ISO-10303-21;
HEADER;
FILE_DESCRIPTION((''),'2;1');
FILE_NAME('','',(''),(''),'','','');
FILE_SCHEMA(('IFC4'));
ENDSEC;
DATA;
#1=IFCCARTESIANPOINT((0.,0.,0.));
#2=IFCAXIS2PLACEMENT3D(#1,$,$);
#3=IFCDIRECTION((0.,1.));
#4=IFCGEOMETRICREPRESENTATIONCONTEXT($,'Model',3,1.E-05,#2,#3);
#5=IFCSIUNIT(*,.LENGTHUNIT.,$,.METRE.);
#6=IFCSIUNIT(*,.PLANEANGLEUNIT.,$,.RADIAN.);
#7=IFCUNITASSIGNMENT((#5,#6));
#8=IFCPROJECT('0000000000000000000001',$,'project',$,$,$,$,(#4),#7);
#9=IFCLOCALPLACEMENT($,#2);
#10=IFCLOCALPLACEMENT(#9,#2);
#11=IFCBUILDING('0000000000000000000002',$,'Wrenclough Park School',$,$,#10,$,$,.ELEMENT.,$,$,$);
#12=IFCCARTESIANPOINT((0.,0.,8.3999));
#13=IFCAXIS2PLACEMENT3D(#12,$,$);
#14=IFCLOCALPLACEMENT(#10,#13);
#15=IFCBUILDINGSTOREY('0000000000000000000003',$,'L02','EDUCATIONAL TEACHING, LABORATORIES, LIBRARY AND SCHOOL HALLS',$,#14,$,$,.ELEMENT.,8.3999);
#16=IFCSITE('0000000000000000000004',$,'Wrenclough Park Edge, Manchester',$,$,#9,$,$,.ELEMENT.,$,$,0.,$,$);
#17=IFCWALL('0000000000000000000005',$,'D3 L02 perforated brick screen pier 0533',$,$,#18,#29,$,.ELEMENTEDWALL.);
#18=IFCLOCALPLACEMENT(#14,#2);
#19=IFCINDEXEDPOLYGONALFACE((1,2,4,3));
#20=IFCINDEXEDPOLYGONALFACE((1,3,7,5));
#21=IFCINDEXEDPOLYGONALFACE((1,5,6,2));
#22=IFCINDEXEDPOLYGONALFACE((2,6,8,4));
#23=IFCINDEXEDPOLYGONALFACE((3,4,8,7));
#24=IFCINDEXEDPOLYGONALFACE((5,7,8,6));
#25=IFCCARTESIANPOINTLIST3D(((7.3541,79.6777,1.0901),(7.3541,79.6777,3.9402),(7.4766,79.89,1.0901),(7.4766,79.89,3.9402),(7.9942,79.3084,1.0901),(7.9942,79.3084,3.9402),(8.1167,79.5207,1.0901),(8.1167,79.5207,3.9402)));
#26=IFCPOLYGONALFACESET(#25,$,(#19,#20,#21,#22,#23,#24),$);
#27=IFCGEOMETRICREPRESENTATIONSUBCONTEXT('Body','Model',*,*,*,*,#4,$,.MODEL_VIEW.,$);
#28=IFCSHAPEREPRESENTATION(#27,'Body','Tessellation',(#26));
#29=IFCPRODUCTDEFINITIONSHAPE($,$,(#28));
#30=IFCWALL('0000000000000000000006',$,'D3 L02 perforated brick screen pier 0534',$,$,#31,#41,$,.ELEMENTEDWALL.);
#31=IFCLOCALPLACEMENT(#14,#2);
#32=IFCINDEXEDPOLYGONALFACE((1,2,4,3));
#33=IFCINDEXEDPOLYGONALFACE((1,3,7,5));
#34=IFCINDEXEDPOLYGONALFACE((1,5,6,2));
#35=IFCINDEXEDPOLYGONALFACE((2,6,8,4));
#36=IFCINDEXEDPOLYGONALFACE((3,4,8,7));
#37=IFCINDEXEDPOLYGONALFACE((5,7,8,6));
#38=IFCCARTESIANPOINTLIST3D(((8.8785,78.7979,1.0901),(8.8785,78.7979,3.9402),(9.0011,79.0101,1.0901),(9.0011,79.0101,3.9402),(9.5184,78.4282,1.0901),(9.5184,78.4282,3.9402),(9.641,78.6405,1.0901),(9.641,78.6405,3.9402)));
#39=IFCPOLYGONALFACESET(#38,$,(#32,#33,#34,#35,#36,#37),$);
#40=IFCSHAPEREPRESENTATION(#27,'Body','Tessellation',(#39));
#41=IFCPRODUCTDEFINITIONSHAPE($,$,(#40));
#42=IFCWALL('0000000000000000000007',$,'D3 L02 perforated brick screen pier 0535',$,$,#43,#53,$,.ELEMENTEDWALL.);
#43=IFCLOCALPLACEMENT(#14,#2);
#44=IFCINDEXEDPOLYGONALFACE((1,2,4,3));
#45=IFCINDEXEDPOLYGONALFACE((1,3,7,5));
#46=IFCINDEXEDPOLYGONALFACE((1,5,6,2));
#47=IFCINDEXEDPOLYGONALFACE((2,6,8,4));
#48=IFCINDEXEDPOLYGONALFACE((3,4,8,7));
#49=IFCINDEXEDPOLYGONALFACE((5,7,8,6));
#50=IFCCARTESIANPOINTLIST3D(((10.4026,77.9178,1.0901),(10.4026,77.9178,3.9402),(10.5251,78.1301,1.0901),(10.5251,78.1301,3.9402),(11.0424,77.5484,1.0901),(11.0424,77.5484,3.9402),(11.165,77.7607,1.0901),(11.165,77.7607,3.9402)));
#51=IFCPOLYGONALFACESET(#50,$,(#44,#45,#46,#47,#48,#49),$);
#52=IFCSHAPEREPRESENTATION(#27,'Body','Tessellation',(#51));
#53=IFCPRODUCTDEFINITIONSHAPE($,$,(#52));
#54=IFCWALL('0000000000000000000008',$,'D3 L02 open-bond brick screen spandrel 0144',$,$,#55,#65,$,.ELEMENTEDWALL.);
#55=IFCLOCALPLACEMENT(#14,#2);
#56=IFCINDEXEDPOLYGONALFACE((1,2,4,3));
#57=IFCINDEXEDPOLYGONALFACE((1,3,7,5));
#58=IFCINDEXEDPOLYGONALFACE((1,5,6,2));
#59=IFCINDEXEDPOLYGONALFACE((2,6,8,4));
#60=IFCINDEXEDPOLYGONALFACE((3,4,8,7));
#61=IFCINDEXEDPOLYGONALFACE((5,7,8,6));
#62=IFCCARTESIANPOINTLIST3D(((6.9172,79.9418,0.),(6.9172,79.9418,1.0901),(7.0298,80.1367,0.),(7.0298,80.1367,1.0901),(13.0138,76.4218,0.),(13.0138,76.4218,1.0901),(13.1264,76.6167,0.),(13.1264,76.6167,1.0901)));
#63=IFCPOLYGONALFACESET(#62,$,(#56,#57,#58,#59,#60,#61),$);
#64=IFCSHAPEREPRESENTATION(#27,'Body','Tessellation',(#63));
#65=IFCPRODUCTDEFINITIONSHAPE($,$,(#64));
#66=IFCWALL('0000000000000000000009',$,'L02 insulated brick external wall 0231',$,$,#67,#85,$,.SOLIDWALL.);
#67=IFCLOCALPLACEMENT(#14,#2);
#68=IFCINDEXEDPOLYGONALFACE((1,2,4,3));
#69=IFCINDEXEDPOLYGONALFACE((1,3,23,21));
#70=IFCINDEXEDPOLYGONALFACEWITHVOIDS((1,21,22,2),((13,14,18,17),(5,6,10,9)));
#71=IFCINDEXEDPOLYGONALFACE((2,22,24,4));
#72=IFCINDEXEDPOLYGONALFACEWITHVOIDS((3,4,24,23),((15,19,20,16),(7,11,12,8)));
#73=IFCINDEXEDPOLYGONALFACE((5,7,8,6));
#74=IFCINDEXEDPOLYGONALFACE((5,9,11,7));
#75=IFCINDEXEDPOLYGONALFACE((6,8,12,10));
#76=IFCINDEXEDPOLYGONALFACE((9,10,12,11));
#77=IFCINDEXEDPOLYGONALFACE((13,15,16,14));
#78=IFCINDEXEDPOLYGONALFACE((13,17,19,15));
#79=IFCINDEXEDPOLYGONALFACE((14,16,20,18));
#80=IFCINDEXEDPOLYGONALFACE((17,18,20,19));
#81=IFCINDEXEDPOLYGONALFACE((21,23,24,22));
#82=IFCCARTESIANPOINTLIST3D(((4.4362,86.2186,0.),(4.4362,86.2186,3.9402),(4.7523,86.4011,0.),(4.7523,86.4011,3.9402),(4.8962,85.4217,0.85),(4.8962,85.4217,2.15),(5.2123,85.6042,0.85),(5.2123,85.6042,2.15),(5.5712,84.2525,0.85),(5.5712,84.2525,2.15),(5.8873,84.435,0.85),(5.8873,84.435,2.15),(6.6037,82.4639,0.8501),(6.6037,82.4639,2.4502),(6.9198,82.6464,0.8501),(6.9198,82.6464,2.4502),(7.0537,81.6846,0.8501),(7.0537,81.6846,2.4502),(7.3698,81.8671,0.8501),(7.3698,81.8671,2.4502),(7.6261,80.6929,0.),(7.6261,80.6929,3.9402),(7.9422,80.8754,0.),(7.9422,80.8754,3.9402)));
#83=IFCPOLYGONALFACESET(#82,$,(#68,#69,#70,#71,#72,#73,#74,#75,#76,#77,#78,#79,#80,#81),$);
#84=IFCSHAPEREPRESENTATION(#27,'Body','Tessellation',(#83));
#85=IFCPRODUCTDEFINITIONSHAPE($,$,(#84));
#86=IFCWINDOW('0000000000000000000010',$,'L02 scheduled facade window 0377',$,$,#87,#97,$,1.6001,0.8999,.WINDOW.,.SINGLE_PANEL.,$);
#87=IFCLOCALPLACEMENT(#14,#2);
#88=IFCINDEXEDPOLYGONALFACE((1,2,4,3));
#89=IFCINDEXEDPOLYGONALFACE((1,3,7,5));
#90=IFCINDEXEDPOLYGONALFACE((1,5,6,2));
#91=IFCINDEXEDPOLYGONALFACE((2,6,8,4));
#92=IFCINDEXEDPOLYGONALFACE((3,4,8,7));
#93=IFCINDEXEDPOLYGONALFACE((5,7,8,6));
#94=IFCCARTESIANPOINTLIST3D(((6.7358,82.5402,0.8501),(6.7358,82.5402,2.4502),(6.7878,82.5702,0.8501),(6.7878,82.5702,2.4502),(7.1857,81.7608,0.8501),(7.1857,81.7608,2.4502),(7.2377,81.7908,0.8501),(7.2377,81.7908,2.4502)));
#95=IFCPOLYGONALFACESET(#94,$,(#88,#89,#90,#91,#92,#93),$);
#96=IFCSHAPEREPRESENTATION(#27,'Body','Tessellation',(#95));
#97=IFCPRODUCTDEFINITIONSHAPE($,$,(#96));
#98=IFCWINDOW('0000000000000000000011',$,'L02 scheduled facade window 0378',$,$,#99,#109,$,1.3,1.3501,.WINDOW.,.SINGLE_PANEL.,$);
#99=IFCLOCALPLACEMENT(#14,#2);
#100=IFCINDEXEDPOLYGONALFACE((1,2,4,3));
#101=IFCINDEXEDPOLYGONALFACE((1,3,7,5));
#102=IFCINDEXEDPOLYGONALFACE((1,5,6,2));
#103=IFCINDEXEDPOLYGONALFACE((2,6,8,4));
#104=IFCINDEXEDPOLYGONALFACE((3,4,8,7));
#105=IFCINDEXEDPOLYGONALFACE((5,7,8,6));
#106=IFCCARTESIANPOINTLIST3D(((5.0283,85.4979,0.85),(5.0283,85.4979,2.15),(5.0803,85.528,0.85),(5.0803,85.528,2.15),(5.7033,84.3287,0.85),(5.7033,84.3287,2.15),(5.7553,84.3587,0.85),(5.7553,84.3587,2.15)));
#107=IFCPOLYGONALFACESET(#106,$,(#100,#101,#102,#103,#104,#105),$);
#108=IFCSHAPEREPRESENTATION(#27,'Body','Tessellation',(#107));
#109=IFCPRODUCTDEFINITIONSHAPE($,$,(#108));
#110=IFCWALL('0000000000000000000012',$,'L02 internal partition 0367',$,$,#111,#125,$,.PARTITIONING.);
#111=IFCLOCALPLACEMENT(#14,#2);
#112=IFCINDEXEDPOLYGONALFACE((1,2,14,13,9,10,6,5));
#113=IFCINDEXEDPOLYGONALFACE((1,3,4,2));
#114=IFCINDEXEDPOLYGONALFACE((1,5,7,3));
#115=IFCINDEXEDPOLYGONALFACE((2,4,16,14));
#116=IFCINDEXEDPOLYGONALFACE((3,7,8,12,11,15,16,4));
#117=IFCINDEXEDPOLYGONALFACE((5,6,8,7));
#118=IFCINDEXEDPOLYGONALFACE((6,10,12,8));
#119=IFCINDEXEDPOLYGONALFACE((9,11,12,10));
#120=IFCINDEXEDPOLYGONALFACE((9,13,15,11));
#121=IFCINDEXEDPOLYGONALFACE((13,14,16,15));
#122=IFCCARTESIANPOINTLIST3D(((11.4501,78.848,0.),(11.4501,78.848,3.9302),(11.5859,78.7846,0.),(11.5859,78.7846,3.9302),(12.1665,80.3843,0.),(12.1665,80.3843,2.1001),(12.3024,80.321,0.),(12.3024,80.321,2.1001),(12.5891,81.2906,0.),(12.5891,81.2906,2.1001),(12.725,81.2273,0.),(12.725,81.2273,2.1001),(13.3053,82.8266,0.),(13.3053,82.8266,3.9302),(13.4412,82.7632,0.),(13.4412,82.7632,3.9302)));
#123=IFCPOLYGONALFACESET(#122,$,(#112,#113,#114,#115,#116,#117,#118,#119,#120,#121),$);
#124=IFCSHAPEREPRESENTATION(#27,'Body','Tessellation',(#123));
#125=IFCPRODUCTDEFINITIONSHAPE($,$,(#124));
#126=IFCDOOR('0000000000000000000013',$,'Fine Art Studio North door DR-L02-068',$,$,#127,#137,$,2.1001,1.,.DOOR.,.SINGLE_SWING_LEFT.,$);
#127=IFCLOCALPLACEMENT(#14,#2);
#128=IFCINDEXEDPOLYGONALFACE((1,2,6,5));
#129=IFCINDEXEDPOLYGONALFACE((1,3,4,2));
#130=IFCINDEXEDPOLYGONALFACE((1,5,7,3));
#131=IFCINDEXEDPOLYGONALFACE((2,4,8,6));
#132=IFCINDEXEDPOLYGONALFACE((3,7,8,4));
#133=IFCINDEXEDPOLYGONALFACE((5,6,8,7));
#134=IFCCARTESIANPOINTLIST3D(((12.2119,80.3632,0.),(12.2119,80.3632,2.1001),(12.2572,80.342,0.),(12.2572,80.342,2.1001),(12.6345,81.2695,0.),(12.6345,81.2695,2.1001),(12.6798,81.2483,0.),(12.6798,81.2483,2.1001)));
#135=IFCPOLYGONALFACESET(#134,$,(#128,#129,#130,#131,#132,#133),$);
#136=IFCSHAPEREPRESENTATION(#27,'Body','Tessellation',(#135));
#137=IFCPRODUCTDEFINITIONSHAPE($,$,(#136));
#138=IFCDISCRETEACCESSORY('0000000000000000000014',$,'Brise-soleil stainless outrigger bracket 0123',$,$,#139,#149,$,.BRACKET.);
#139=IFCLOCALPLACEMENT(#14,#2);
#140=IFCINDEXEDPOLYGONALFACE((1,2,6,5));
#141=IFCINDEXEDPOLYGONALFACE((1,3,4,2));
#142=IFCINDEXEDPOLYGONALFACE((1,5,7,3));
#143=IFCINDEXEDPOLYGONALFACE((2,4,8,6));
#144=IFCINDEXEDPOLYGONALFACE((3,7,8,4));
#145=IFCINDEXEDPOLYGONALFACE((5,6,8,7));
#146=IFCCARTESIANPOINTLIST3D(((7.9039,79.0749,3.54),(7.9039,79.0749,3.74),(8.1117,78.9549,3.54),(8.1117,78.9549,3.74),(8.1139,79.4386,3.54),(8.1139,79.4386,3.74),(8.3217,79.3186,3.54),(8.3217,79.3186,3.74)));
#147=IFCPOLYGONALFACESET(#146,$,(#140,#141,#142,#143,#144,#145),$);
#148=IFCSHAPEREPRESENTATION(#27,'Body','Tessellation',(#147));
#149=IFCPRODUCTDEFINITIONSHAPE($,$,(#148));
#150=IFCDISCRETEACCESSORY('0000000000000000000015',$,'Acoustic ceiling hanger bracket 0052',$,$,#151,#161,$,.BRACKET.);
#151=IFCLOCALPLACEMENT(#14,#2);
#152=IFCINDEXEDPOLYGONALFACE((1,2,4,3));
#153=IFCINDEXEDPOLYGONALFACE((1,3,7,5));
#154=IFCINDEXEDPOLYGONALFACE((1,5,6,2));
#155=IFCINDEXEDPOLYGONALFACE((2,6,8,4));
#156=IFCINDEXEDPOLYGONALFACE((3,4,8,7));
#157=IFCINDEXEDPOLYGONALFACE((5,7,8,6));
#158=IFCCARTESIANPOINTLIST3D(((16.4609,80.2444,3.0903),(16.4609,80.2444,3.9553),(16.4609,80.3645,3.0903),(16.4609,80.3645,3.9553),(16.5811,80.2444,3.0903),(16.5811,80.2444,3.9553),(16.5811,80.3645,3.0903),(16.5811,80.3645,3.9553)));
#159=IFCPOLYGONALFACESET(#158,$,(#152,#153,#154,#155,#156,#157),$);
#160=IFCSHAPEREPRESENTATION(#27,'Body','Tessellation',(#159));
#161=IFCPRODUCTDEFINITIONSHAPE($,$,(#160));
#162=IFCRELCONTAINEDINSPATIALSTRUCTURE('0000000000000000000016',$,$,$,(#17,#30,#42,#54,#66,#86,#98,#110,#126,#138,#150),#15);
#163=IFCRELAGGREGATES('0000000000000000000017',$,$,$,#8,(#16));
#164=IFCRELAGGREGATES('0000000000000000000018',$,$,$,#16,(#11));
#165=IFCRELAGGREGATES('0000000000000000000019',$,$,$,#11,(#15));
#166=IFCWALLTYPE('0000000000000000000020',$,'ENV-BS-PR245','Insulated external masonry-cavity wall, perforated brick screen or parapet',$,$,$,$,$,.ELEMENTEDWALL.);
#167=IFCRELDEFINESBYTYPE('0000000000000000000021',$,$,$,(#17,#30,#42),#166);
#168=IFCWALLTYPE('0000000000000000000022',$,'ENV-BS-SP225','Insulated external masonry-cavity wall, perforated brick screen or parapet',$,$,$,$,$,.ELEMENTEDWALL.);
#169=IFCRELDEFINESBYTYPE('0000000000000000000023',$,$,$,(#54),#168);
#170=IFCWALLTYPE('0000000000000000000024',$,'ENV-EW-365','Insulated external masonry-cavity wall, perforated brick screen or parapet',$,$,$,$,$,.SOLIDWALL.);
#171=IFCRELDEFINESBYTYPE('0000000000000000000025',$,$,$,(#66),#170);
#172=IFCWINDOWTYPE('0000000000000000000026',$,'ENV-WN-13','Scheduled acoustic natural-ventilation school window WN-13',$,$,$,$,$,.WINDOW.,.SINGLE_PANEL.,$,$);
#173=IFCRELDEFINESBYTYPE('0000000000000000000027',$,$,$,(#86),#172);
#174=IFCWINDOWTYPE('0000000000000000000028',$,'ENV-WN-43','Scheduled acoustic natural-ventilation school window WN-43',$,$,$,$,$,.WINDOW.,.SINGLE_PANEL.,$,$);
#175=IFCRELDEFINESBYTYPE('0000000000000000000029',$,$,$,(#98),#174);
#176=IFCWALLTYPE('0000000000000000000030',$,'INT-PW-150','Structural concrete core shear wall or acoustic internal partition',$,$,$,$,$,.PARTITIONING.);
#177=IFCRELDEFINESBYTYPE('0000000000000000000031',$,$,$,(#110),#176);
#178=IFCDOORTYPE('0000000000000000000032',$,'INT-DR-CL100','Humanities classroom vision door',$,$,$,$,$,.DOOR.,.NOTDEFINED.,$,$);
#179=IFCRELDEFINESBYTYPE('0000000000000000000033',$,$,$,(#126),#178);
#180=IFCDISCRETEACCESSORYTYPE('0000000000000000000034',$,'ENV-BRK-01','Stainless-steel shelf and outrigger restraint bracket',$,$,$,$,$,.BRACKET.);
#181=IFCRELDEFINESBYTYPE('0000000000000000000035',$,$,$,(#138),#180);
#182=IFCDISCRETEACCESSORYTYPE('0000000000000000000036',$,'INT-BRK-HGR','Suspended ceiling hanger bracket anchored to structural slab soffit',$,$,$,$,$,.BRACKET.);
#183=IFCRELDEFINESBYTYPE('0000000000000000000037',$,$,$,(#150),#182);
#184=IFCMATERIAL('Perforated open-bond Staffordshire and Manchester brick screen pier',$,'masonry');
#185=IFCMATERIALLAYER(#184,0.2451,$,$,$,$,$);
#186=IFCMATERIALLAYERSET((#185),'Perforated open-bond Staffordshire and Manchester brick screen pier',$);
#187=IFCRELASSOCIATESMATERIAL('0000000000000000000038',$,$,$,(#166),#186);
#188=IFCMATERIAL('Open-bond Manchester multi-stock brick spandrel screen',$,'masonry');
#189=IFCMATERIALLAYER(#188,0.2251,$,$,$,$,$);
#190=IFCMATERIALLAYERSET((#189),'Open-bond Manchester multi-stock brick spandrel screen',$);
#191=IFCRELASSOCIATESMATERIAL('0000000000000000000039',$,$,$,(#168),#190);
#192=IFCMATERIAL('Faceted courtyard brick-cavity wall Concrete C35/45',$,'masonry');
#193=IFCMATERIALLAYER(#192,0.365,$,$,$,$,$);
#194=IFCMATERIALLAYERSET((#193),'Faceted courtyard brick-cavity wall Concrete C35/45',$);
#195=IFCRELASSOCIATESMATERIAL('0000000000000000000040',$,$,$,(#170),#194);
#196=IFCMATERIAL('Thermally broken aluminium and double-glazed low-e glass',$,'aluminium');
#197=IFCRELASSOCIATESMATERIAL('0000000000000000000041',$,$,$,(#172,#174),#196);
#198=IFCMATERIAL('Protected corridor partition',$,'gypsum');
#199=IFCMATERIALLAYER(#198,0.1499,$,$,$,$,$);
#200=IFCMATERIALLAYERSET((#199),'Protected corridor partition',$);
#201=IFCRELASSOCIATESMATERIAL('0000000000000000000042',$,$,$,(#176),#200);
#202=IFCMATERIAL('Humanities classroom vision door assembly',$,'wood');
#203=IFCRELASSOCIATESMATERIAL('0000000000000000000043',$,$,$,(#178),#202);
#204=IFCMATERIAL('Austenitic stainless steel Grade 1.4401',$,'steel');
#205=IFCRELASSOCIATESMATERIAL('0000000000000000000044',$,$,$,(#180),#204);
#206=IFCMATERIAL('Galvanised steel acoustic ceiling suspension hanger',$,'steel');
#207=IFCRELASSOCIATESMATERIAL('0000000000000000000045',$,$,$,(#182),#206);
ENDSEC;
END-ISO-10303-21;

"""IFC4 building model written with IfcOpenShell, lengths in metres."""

from ifc_helpers import new_model, si_unit, direction, frame, frame_2d, origin, origin_2d, place, context, subcontext, project, spatial, rectangle, extrude, material, layer, layer_set, type_object, element, fill, save


model = new_model("IFC4")

# Units and contexts
model_context = context("Model", 3, precision=1e-05, world=origin(), true_north=direction((0.0, 1.0)))
body_context = subcontext(model_context, "Body", "Model", "MODEL_VIEW")
ifc_project = project(units=[si_unit("LENGTHUNIT", "METRE"), si_unit("PLANEANGLEUNIT", "RADIAN")], contexts=[model_context])

# Site, building, storey
site_placement = place(None, origin())
site = spatial("IfcSite", under=ifc_project, at=site_placement, Name="Wrenclough Park Edge, Manchester", CompositionType="ELEMENT", RefElevation=0.0)
building_placement = place(site_placement, origin())
building = spatial("IfcBuilding", under=site, at=building_placement, Name="Wrenclough Park School", CompositionType="ELEMENT")
storey_placement = place(building_placement, frame((0.0, 0.0, 8.3999)))
storey = spatial("IfcBuildingStorey", under=building, at=storey_placement, Name="L02", Description="EDUCATIONAL TEACHING, LABORATORIES, LIBRARY AND SCHOOL HALLS", CompositionType="ELEMENT", Elevation=8.3999)

# Walls
ifc_material_1 = material(Name="Perforated open-bond Staffordshire and Manchester brick screen pier", Category="masonry")
ifc_layer_1 = layer(ifc_material_1, 0.2451)
ifc_layer_set_1 = layer_set([ifc_layer_1], Name="Perforated open-bond Staffordshire and Manchester brick screen pier")
wall_type_1 = type_object("IfcWallType", Name="ENV-BS-PR245", Description="Insulated external masonry-cavity wall, perforated brick screen or parapet", PredefinedType="ELEMENTEDWALL", material=ifc_layer_set_1)
for number, where, z_axis, x_axis, name in (
    (1, (7.4153, 79.7839, 1.0901), (0.0, 0.0, 1.0), (0.866142, -0.499799, 0.0), "D3 L02 perforated brick screen pier 0533"),
    (2, (8.9397, 78.9041, 1.0901), (0.0, 0.0, 1.0), (0.865916, -0.50019, 0.0), "D3 L02 perforated brick screen pier 0534"),
):
    element("IfcWall", number, at=place(storey_placement, frame(where, z_axis=z_axis, x_axis=x_axis)), inside=storey, type_object=wall_type_1, Name=name, PredefinedType="ELEMENTEDWALL", context=body_context, shape_type="SweptSolid", body=[
        extrude(rectangle(XDim=0.739, YDim=0.2451, at=frame_2d((0.3696, 0.0))), origin(), (0.0, 0.0, 1.0), 2.8501),
    ])
wall_1_placement = place(storey_placement, frame((10.4639, 78.0239, 1.0901), z_axis=(0.0, 0.0, 1.0), x_axis=(0.866059, -0.499942, 0.0)))
element("IfcWall", 3, at=wall_1_placement, inside=storey, type_object=wall_type_1, Name="D3 L02 perforated brick screen pier 0535", PredefinedType="ELEMENTEDWALL", context=body_context, shape_type="SweptSolid", body=[
    extrude(rectangle(XDim=0.7388, YDim=0.2451, at=frame_2d((0.3694, 0.0))), origin(), (0.0, 0.0, 1.0), 2.8501),
])
ifc_material_2 = material(Name="Open-bond Manchester multi-stock brick spandrel screen", Category="masonry")
ifc_layer_2 = layer(ifc_material_2, 0.2251)
ifc_layer_set_2 = layer_set([ifc_layer_2], Name="Open-bond Manchester multi-stock brick spandrel screen")
wall_type_2 = type_object("IfcWallType", Name="ENV-BS-SP225", Description="Insulated external masonry-cavity wall, perforated brick screen or parapet", PredefinedType="ELEMENTEDWALL", material=ifc_layer_set_2)
wall_2_placement = place(storey_placement, frame((6.9734, 80.0393, 0.0), z_axis=(0.0, 0.0, 1.0), x_axis=(0.866019, -0.500011, 0.0)))
element("IfcWall", 4, at=wall_2_placement, inside=storey, type_object=wall_type_2, Name="D3 L02 open-bond brick screen spandrel 0144", PredefinedType="ELEMENTEDWALL", context=body_context, shape_type="SweptSolid", body=[
    extrude(rectangle(XDim=7.0398, YDim=0.2251, at=frame_2d((3.52, 0.0))), origin(), (0.0, 0.0, 1.0), 1.0901),
])

# Wall, openings, windows
ifc_material_3 = material(Name="Faceted courtyard brick-cavity wall Concrete C35/45", Category="masonry")
ifc_layer_3 = layer(ifc_material_3, 0.365)
ifc_layer_set_3 = layer_set([ifc_layer_3], Name="Faceted courtyard brick-cavity wall Concrete C35/45")
wall_type_3 = type_object("IfcWallType", Name="ENV-EW-365", Description="Insulated external masonry-cavity wall, perforated brick screen or parapet", PredefinedType="SOLIDWALL", material=ifc_layer_set_3)
wall_3_placement = place(storey_placement, frame((7.7842, 80.7842, 0.0), z_axis=(0.0, 0.0, 1.0), x_axis=(-0.499966, 0.866045, 0.0)))
wall_3 = element("IfcWall", 5, at=wall_3_placement, inside=storey, type_object=wall_type_3, Name="L02 insulated brick external wall 0231", PredefinedType="SOLIDWALL", context=body_context, shape_type="SweptSolid", body=[
    extrude(rectangle(XDim=6.3804, YDim=0.365, at=frame_2d((3.1902, 0.0))), origin(), (0.0, 0.0, 1.0), 3.9402),
])
opening_1_placement = place(wall_3_placement, frame((1.145, 0.0, 0.8501)))
opening_1 = element("IfcOpeningElement", 6, at=opening_1_placement, cuts=wall_3, PredefinedType="OPENING", context=body_context, shape_type="SweptSolid", body=[
    extrude(rectangle(XDim=0.8999, YDim=1.6001, at=frame_2d((0.45, 0.8))), frame((0.0, 0.1924, 0.0), z_axis=(0.0, -1.0, 0.0), x_axis=(1.0, 0.0, 0.0)), (0.0, 0.0, 1.0), 0.385),
])
opening_2_placement = place(wall_3_placement, frame((4.1101, 0.0, 0.8501)))
opening_2 = element("IfcOpeningElement", 7, at=opening_2_placement, cuts=wall_3, PredefinedType="OPENING", context=body_context, shape_type="SweptSolid", body=[
    extrude(rectangle(XDim=1.3501, YDim=1.3, at=frame_2d((0.675, 0.6499))), frame((0.0, 0.1924, 0.0), z_axis=(0.0, -1.0, 0.0), x_axis=(1.0, 0.0, 0.0)), (0.0, 0.0, 1.0), 0.385),
])
ifc_material_4 = material(Name="Thermally broken aluminium and double-glazed low-e glass", Category="aluminium")
window_type_1 = type_object("IfcWindowType", Name="ENV-WN-13", Description="Scheduled acoustic natural-ventilation school window WN-13", PartitioningType="SINGLE_PANEL", PredefinedType="WINDOW", material=ifc_material_4)
window_1_placement = place(opening_1_placement, origin())
window_1 = element("IfcWindow", 8, at=window_1_placement, inside=storey, type_object=window_type_1, Name="L02 scheduled facade window 0377", OverallHeight=1.6001, OverallWidth=0.8999, PartitioningType="SINGLE_PANEL", PredefinedType="WINDOW", context=body_context, shape_type="SweptSolid", body=[
    extrude(rectangle(XDim=0.8999, YDim=1.6001, at=frame_2d((0.45, 0.8))), frame((0.0, 0.03, 0.0), z_axis=(0.0, -1.0, 0.0), x_axis=(1.0, 0.0, 0.0)), (0.0, 0.0, 1.0), 0.0601),
])
fill(opening_1, window_1)
window_type_2 = type_object("IfcWindowType", Name="ENV-WN-43", Description="Scheduled acoustic natural-ventilation school window WN-43", PartitioningType="SINGLE_PANEL", PredefinedType="WINDOW", material=ifc_material_4)
window_2_placement = place(opening_2_placement, origin())
window_2 = element("IfcWindow", 9, at=window_2_placement, inside=storey, type_object=window_type_2, Name="L02 scheduled facade window 0378", OverallHeight=1.3, OverallWidth=1.3501, PartitioningType="SINGLE_PANEL", PredefinedType="WINDOW", context=body_context, shape_type="SweptSolid", body=[
    extrude(rectangle(XDim=1.3501, YDim=1.3, at=frame_2d((0.675, 0.6499))), frame((0.0, 0.03, 0.0), z_axis=(0.0, -1.0, 0.0), x_axis=(1.0, 0.0, 0.0)), (0.0, 0.0, 1.0), 0.0601),
])
fill(opening_2, window_2)

# Wall, opening, door
ifc_material_5 = material(Name="Protected corridor partition", Category="gypsum")
ifc_layer_4 = layer(ifc_material_5, 0.1499)
ifc_layer_set_4 = layer_set([ifc_layer_4], Name="Protected corridor partition")
wall_type_4 = type_object("IfcWallType", Name="INT-PW-150", Description="Structural concrete core shear wall or acoustic internal partition", PredefinedType="PARTITIONING", material=ifc_layer_set_4)
wall_4_placement = place(storey_placement, frame((11.5181, 78.8164, 0.0), z_axis=(0.0, 0.0, 1.0), x_axis=(0.422621, 0.906307, 0.0)))
wall_4 = element("IfcWall", 10, at=wall_4_placement, inside=storey, type_object=wall_type_4, Name="L02 internal partition 0367", PredefinedType="PARTITIONING", context=body_context, shape_type="SweptSolid", body=[
    extrude(rectangle(XDim=4.3899, YDim=0.1499, at=frame_2d((2.1948, 0.0))), origin(), (0.0, 0.0, 1.0), 3.9302),
])
opening_3_placement = place(wall_4_placement, frame((1.6951, 0.0, 0.0)))
opening_3 = element("IfcOpeningElement", 11, at=opening_3_placement, cuts=wall_4, PredefinedType="OPENING", context=body_context, shape_type="SweptSolid", body=[
    extrude(rectangle(XDim=1.0, YDim=2.1001, at=frame_2d((0.5, 1.05))), frame((0.0, 0.085, 0.0), z_axis=(0.0, -1.0, 0.0), x_axis=(1.0, 0.0, 0.0)), (0.0, 0.0, 1.0), 0.1699),
])
ifc_material_6 = material(Name="Humanities classroom vision door assembly", Category="wood")
door_type = type_object("IfcDoorType", Name="INT-DR-CL100", Description="Humanities classroom vision door", OperationType="NOTDEFINED", PredefinedType="DOOR", material=ifc_material_6)
door_placement = place(opening_3_placement, origin())
door = element("IfcDoor", 12, at=door_placement, inside=storey, type_object=door_type, Name="Fine Art Studio North door DR-L02-068", OperationType="SINGLE_SWING_LEFT", OverallHeight=2.1001, OverallWidth=1.0, PredefinedType="DOOR", context=body_context, shape_type="SweptSolid", body=[
    extrude(rectangle(XDim=1.0, YDim=2.1001, at=frame_2d((0.5, 1.05))), frame((0.0, 0.0249, 0.0), z_axis=(0.0, -1.0, 0.0), x_axis=(1.0, 0.0, 0.0)), (0.0, 0.0, 1.0), 0.05),
])
fill(opening_3, door)

# Discrete accessories
ifc_material_7 = material(Name="Austenitic stainless steel Grade 1.4401", Category="steel")
discrete_accessory_type_1 = type_object("IfcDiscreteAccessoryType", Name="ENV-BRK-01", Description="Stainless-steel shelf and outrigger restraint bracket", PredefinedType="BRACKET", material=ifc_material_7)
discrete_accessory_1_placement = place(storey_placement, frame((8.1128, 79.1968, 3.54), z_axis=(0.0, 0.0, 1.0), x_axis=(0.866031, -0.499991, 0.0)))
element("IfcDiscreteAccessory", 13, at=discrete_accessory_1_placement, inside=storey, type_object=discrete_accessory_type_1, Name="Brise-soleil stainless outrigger bracket 0123", PredefinedType="BRACKET", context=body_context, shape_type="SweptSolid", body=[
    extrude(rectangle(XDim=0.24, YDim=0.4199, at=origin_2d()), origin(), (0.0, 0.0, 1.0), 0.2),
])
ifc_material_8 = material(Name="Galvanised steel acoustic ceiling suspension hanger", Category="steel")
discrete_accessory_type_2 = type_object("IfcDiscreteAccessoryType", Name="INT-BRK-HGR", Description="Suspended ceiling hanger bracket anchored to structural slab soffit", PredefinedType="BRACKET", material=ifc_material_8)
discrete_accessory_2_placement = place(storey_placement, frame((16.521, 80.3044, 3.0903), z_axis=(0.0, 0.0, 1.0), x_axis=(1.0, 0.0, 0.0)))
element("IfcDiscreteAccessory", 14, at=discrete_accessory_2_placement, inside=storey, type_object=discrete_accessory_type_2, Name="Acoustic ceiling hanger bracket 0052", PredefinedType="BRACKET", context=body_context, shape_type="SweptSolid", body=[
    extrude(rectangle(XDim=0.1201, YDim=0.1201, at=origin_2d()), origin(), (0.0, 0.0, 1.0), 0.865),
])

save(model, "model.ifc")
